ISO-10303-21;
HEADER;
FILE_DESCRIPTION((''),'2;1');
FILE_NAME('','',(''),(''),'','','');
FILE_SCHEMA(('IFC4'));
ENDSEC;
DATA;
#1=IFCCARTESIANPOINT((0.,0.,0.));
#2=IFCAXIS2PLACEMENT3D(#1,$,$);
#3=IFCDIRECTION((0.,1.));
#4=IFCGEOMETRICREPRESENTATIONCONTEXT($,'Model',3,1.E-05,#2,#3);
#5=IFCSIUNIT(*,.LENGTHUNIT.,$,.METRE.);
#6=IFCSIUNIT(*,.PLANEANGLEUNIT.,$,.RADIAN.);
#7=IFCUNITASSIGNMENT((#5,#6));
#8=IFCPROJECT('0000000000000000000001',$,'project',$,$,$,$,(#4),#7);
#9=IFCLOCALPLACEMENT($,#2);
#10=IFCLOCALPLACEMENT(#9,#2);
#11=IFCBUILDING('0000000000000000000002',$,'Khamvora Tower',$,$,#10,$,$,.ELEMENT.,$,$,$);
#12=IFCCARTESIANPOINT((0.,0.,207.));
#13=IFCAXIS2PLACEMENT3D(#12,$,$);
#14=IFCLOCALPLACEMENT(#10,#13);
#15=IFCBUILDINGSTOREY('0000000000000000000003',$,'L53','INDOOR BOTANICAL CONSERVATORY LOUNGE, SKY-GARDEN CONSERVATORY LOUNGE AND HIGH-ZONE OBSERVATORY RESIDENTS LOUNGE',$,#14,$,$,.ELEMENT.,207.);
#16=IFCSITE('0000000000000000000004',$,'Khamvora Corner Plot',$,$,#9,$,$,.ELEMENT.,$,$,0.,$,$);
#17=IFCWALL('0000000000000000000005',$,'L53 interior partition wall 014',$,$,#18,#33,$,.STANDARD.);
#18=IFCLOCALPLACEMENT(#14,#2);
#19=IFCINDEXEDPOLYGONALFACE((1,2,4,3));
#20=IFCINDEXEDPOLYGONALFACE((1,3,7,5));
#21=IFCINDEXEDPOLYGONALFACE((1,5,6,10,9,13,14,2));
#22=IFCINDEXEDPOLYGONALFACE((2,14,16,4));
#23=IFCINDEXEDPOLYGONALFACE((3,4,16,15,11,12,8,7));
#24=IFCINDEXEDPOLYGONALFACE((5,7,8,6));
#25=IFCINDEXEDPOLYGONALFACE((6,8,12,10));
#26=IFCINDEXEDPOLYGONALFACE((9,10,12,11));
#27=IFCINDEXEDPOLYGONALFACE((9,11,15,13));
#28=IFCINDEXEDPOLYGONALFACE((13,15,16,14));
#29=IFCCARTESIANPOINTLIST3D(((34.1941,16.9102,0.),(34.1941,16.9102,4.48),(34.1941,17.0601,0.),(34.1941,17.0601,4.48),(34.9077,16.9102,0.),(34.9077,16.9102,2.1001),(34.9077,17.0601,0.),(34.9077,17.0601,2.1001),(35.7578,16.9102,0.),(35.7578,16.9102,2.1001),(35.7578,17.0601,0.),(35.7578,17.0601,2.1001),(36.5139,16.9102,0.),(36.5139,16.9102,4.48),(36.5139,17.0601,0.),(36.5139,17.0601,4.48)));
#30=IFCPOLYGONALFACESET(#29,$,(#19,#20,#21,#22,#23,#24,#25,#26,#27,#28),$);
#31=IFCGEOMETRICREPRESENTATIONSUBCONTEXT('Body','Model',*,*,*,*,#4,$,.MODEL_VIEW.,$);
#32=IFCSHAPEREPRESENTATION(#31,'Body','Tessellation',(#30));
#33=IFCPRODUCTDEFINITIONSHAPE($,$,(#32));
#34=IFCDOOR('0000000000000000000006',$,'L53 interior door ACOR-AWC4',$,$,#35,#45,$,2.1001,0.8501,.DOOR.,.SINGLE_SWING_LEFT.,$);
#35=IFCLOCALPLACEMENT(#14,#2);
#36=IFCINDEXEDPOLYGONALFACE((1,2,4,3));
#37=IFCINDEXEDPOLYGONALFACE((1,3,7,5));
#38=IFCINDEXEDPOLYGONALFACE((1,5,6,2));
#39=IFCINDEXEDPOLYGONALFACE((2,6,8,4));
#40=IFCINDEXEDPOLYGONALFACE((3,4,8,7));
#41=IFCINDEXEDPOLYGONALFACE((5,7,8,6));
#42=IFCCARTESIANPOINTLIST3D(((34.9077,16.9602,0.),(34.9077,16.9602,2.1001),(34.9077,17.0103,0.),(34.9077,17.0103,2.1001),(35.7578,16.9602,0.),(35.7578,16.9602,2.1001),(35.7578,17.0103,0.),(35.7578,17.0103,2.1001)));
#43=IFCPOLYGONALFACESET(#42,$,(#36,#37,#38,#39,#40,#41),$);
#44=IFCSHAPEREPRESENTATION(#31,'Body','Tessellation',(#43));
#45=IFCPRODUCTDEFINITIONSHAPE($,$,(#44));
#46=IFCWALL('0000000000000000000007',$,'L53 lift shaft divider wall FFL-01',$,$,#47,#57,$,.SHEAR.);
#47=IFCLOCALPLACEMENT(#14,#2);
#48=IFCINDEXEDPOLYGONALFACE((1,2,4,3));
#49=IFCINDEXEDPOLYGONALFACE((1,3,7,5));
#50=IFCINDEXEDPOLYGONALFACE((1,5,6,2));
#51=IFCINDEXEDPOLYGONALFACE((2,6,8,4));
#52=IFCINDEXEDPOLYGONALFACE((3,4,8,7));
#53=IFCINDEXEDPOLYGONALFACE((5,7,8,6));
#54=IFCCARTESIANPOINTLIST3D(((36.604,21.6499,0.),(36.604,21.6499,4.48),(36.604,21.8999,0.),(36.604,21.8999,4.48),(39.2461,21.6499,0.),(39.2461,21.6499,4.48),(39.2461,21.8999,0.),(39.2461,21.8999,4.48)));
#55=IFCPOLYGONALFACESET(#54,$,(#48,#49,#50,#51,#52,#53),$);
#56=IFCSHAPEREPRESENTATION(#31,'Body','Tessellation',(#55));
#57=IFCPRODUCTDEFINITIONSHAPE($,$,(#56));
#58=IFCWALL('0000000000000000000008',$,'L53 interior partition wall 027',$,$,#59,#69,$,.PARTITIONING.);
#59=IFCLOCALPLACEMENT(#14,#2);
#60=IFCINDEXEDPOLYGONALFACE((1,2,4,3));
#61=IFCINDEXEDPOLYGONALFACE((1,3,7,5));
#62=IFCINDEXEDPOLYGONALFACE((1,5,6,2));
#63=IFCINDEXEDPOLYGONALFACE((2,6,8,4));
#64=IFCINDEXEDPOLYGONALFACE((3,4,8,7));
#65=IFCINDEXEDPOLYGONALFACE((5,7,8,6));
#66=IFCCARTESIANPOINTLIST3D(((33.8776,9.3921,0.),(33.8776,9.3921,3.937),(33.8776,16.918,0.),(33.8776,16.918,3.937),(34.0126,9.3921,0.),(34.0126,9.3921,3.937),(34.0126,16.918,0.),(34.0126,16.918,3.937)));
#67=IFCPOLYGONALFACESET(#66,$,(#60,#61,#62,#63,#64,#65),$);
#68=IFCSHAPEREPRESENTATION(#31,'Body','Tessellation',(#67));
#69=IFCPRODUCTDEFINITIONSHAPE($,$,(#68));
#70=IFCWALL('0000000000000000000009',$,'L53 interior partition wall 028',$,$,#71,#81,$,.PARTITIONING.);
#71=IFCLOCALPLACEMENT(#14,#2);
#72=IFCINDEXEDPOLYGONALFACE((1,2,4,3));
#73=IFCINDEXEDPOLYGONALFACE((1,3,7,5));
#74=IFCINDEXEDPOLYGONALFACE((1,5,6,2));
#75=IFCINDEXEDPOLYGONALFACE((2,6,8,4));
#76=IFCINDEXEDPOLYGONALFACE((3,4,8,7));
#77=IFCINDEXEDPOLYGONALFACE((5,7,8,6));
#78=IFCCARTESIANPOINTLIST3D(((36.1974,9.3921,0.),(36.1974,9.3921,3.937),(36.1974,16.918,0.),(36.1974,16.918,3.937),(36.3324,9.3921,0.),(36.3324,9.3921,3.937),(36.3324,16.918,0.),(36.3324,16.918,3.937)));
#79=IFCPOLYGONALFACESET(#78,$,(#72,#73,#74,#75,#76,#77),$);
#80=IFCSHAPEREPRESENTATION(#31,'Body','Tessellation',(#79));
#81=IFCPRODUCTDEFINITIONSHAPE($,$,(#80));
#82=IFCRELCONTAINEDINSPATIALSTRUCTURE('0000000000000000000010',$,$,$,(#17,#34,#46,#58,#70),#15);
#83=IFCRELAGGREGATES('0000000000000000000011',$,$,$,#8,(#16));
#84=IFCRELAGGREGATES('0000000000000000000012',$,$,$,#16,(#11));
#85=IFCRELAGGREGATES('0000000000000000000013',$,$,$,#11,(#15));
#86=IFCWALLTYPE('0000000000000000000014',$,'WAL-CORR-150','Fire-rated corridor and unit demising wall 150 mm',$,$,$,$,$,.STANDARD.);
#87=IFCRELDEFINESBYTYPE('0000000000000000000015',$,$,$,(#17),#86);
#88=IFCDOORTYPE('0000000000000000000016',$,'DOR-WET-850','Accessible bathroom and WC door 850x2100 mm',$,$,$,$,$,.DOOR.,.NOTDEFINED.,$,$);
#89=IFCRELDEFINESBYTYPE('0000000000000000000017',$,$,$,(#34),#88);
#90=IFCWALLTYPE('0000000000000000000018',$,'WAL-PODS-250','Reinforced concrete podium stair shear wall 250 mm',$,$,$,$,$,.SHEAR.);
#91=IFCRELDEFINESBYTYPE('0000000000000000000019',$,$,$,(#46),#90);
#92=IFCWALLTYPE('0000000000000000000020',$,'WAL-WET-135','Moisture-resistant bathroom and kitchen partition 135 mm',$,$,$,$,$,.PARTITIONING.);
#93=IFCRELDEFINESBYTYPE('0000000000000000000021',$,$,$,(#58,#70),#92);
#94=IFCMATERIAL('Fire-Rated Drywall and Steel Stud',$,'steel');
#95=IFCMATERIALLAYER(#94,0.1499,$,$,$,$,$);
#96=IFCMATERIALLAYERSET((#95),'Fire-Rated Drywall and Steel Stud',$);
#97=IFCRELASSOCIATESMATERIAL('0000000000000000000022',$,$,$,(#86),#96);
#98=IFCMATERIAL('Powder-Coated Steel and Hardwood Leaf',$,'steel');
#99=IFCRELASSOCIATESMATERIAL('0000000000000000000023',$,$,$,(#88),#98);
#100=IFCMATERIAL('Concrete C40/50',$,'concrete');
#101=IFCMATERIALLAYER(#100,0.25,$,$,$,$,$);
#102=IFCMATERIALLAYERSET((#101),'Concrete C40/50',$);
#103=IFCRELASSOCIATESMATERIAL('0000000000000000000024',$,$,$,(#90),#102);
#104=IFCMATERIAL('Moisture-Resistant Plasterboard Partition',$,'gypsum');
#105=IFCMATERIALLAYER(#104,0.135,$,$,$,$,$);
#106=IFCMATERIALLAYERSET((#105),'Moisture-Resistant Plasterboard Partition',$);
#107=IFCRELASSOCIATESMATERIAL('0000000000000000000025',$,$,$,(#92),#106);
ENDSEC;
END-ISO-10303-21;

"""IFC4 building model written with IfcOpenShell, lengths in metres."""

from ifc_helpers import new_model, si_unit, direction, frame, frame_2d, origin, place, context, subcontext, project, spatial, rectangle, extrude, material, layer, layer_set, type_object, element, fill, save


model = new_model("IFC4")

# Units and contexts
model_context = context("Model", 3, precision=1e-05, world=origin(), true_north=direction((0.0, 1.0)))
body_context = subcontext(model_context, "Body", "Model", "MODEL_VIEW")
ifc_project = project(units=[si_unit("LENGTHUNIT", "METRE"), si_unit("PLANEANGLEUNIT", "RADIAN")], contexts=[model_context])

# Site, building, storey
site_placement = place(None, origin())
site = spatial("IfcSite", under=ifc_project, at=site_placement, Name="Khamvora Corner Plot", CompositionType="ELEMENT", RefElevation=0.0)
building_placement = place(site_placement, origin())
building = spatial("IfcBuilding", under=site, at=building_placement, Name="Khamvora Tower", CompositionType="ELEMENT")
storey_placement = place(building_placement, frame((0.0, 0.0, 207.0)))
storey = spatial("IfcBuildingStorey", under=building, at=storey_placement, Name="L53", Description="INDOOR BOTANICAL CONSERVATORY LOUNGE, SKY-GARDEN CONSERVATORY LOUNGE AND HIGH-ZONE OBSERVATORY RESIDENTS LOUNGE", CompositionType="ELEMENT", Elevation=207.0)

# Shared definitions
ifc_material_1 = material(Name="Powder-Coated Steel and Hardwood Leaf", Category="steel")

# Wall, opening, door
ifc_material_2 = material(Name="Fire-Rated Drywall and Steel Stud", Category="steel")
ifc_layer_1 = layer(ifc_material_2, 0.1499)
ifc_layer_set_1 = layer_set([ifc_layer_1], Name="Fire-Rated Drywall and Steel Stud")
wall_type_1 = type_object("IfcWallType", Name="WAL-CORR-150", Description="Fire-rated corridor and unit demising wall 150 mm", PredefinedType="STANDARD", material=ifc_layer_set_1)
door_type_1 = type_object("IfcDoorType", Name="DOR-WET-850", Description="Accessible bathroom and WC door 850x2100 mm", OperationType="NOTDEFINED", PredefinedType="DOOR", material=ifc_material_1)
wall_1_placement = place(storey_placement, frame((36.5139, 16.9851, 0.0), z_axis=(0.0, 0.0, 1.0), x_axis=(-1.0, 0.0, 0.0)))
wall_1 = element("IfcWall", 1, at=wall_1_placement, inside=storey, type_object=wall_type_1, Name="L53 interior partition wall 014", PredefinedType="STANDARD", context=body_context, shape_type="SweptSolid", body=[
    extrude(rectangle(XDim=2.3198, YDim=0.1499, at=frame_2d((1.1599, 0.0))), origin(), (0.0, 0.0, 1.0), 4.48),
])
opening_1_placement = place(wall_1_placement, frame((0.7561, 0.0, 0.0)))
opening_1 = element("IfcOpeningElement", 2, at=opening_1_placement, cuts=wall_1, PredefinedType="OPENING", context=body_context, shape_type="SweptSolid", body=[
    extrude(rectangle(XDim=0.8501, YDim=2.1001, at=frame_2d((0.425, 1.05))), frame((0.0, 0.085, 0.0), z_axis=(0.0, -1.0, 0.0), x_axis=(1.0, 0.0, 0.0)), (0.0, 0.0, 1.0), 0.1699),
])
door_1_placement = place(opening_1_placement, origin())
door_1 = element("IfcDoor", 3, at=door_1_placement, inside=storey, type_object=door_type_1, Name="L53 interior door ACOR-AWC4", OperationType="SINGLE_SWING_LEFT", OverallHeight=2.1001, OverallWidth=0.8501, PredefinedType="DOOR", context=body_context, shape_type="SweptSolid", body=[
    extrude(rectangle(XDim=0.8501, YDim=2.1001, at=frame_2d((0.425, 1.05))), frame((0.0, 0.0249, 0.0), z_axis=(0.0, -1.0, 0.0), x_axis=(1.0, 0.0, 0.0)), (0.0, 0.0, 1.0), 0.05),
])
fill(opening_1, door_1)

# Walls
ifc_material_3 = material(Name="Concrete C40/50", Category="concrete")
ifc_layer_2 = layer(ifc_material_3, 0.25)
ifc_layer_set_2 = layer_set([ifc_layer_2], Name="Concrete C40/50")
wall_type_2 = type_object("IfcWallType", Name="WAL-PODS-250", Description="Reinforced concrete podium stair shear wall 250 mm", PredefinedType="SHEAR", material=ifc_layer_set_2)
wall_2_placement = place(storey_placement, frame((36.604, 21.7749, 0.0), z_axis=(0.0, 0.0, 1.0), x_axis=(1.0, 0.0, 0.0)))
element("IfcWall", 4, at=wall_2_placement, inside=storey, type_object=wall_type_2, Name="L53 lift shaft divider wall FFL-01", PredefinedType="SHEAR", context=body_context, shape_type="SweptSolid", body=[
    extrude(rectangle(XDim=2.6421, YDim=0.25, at=frame_2d((1.321, 0.0))), origin(), (0.0, 0.0, 1.0), 4.48),
])
ifc_material_4 = material(Name="Moisture-Resistant Plasterboard Partition", Category="gypsum")
ifc_layer_3 = layer(ifc_material_4, 0.135)
ifc_layer_set_3 = layer_set([ifc_layer_3], Name="Moisture-Resistant Plasterboard Partition")
wall_type_3 = type_object("IfcWallType", Name="WAL-WET-135", Description="Moisture-resistant bathroom and kitchen partition 135 mm", PredefinedType="PARTITIONING", material=ifc_layer_set_3)
for number, where, z_axis, x_axis, name in (
    (5, (33.9451, 16.918, 0.0), (0.0, 0.0, 1.0), (0.0, -1.0, 0.0), "L53 interior partition wall 027"),
    (6, (36.2649, 16.918, 0.0), (0.0, 0.0, 1.0), (0.0, -1.0, 0.0), "L53 interior partition wall 028"),
):
    element("IfcWall", number, at=place(storey_placement, frame(where, z_axis=z_axis, x_axis=x_axis)), inside=storey, type_object=wall_type_3, Name=name, PredefinedType="PARTITIONING", context=body_context, shape_type="SweptSolid", body=[
        extrude(rectangle(XDim=7.5259, YDim=0.135, at=frame_2d((3.7629, 0.0))), origin(), (0.0, 0.0, 1.0), 3.937),
    ])

save(model, "model.ifc")
